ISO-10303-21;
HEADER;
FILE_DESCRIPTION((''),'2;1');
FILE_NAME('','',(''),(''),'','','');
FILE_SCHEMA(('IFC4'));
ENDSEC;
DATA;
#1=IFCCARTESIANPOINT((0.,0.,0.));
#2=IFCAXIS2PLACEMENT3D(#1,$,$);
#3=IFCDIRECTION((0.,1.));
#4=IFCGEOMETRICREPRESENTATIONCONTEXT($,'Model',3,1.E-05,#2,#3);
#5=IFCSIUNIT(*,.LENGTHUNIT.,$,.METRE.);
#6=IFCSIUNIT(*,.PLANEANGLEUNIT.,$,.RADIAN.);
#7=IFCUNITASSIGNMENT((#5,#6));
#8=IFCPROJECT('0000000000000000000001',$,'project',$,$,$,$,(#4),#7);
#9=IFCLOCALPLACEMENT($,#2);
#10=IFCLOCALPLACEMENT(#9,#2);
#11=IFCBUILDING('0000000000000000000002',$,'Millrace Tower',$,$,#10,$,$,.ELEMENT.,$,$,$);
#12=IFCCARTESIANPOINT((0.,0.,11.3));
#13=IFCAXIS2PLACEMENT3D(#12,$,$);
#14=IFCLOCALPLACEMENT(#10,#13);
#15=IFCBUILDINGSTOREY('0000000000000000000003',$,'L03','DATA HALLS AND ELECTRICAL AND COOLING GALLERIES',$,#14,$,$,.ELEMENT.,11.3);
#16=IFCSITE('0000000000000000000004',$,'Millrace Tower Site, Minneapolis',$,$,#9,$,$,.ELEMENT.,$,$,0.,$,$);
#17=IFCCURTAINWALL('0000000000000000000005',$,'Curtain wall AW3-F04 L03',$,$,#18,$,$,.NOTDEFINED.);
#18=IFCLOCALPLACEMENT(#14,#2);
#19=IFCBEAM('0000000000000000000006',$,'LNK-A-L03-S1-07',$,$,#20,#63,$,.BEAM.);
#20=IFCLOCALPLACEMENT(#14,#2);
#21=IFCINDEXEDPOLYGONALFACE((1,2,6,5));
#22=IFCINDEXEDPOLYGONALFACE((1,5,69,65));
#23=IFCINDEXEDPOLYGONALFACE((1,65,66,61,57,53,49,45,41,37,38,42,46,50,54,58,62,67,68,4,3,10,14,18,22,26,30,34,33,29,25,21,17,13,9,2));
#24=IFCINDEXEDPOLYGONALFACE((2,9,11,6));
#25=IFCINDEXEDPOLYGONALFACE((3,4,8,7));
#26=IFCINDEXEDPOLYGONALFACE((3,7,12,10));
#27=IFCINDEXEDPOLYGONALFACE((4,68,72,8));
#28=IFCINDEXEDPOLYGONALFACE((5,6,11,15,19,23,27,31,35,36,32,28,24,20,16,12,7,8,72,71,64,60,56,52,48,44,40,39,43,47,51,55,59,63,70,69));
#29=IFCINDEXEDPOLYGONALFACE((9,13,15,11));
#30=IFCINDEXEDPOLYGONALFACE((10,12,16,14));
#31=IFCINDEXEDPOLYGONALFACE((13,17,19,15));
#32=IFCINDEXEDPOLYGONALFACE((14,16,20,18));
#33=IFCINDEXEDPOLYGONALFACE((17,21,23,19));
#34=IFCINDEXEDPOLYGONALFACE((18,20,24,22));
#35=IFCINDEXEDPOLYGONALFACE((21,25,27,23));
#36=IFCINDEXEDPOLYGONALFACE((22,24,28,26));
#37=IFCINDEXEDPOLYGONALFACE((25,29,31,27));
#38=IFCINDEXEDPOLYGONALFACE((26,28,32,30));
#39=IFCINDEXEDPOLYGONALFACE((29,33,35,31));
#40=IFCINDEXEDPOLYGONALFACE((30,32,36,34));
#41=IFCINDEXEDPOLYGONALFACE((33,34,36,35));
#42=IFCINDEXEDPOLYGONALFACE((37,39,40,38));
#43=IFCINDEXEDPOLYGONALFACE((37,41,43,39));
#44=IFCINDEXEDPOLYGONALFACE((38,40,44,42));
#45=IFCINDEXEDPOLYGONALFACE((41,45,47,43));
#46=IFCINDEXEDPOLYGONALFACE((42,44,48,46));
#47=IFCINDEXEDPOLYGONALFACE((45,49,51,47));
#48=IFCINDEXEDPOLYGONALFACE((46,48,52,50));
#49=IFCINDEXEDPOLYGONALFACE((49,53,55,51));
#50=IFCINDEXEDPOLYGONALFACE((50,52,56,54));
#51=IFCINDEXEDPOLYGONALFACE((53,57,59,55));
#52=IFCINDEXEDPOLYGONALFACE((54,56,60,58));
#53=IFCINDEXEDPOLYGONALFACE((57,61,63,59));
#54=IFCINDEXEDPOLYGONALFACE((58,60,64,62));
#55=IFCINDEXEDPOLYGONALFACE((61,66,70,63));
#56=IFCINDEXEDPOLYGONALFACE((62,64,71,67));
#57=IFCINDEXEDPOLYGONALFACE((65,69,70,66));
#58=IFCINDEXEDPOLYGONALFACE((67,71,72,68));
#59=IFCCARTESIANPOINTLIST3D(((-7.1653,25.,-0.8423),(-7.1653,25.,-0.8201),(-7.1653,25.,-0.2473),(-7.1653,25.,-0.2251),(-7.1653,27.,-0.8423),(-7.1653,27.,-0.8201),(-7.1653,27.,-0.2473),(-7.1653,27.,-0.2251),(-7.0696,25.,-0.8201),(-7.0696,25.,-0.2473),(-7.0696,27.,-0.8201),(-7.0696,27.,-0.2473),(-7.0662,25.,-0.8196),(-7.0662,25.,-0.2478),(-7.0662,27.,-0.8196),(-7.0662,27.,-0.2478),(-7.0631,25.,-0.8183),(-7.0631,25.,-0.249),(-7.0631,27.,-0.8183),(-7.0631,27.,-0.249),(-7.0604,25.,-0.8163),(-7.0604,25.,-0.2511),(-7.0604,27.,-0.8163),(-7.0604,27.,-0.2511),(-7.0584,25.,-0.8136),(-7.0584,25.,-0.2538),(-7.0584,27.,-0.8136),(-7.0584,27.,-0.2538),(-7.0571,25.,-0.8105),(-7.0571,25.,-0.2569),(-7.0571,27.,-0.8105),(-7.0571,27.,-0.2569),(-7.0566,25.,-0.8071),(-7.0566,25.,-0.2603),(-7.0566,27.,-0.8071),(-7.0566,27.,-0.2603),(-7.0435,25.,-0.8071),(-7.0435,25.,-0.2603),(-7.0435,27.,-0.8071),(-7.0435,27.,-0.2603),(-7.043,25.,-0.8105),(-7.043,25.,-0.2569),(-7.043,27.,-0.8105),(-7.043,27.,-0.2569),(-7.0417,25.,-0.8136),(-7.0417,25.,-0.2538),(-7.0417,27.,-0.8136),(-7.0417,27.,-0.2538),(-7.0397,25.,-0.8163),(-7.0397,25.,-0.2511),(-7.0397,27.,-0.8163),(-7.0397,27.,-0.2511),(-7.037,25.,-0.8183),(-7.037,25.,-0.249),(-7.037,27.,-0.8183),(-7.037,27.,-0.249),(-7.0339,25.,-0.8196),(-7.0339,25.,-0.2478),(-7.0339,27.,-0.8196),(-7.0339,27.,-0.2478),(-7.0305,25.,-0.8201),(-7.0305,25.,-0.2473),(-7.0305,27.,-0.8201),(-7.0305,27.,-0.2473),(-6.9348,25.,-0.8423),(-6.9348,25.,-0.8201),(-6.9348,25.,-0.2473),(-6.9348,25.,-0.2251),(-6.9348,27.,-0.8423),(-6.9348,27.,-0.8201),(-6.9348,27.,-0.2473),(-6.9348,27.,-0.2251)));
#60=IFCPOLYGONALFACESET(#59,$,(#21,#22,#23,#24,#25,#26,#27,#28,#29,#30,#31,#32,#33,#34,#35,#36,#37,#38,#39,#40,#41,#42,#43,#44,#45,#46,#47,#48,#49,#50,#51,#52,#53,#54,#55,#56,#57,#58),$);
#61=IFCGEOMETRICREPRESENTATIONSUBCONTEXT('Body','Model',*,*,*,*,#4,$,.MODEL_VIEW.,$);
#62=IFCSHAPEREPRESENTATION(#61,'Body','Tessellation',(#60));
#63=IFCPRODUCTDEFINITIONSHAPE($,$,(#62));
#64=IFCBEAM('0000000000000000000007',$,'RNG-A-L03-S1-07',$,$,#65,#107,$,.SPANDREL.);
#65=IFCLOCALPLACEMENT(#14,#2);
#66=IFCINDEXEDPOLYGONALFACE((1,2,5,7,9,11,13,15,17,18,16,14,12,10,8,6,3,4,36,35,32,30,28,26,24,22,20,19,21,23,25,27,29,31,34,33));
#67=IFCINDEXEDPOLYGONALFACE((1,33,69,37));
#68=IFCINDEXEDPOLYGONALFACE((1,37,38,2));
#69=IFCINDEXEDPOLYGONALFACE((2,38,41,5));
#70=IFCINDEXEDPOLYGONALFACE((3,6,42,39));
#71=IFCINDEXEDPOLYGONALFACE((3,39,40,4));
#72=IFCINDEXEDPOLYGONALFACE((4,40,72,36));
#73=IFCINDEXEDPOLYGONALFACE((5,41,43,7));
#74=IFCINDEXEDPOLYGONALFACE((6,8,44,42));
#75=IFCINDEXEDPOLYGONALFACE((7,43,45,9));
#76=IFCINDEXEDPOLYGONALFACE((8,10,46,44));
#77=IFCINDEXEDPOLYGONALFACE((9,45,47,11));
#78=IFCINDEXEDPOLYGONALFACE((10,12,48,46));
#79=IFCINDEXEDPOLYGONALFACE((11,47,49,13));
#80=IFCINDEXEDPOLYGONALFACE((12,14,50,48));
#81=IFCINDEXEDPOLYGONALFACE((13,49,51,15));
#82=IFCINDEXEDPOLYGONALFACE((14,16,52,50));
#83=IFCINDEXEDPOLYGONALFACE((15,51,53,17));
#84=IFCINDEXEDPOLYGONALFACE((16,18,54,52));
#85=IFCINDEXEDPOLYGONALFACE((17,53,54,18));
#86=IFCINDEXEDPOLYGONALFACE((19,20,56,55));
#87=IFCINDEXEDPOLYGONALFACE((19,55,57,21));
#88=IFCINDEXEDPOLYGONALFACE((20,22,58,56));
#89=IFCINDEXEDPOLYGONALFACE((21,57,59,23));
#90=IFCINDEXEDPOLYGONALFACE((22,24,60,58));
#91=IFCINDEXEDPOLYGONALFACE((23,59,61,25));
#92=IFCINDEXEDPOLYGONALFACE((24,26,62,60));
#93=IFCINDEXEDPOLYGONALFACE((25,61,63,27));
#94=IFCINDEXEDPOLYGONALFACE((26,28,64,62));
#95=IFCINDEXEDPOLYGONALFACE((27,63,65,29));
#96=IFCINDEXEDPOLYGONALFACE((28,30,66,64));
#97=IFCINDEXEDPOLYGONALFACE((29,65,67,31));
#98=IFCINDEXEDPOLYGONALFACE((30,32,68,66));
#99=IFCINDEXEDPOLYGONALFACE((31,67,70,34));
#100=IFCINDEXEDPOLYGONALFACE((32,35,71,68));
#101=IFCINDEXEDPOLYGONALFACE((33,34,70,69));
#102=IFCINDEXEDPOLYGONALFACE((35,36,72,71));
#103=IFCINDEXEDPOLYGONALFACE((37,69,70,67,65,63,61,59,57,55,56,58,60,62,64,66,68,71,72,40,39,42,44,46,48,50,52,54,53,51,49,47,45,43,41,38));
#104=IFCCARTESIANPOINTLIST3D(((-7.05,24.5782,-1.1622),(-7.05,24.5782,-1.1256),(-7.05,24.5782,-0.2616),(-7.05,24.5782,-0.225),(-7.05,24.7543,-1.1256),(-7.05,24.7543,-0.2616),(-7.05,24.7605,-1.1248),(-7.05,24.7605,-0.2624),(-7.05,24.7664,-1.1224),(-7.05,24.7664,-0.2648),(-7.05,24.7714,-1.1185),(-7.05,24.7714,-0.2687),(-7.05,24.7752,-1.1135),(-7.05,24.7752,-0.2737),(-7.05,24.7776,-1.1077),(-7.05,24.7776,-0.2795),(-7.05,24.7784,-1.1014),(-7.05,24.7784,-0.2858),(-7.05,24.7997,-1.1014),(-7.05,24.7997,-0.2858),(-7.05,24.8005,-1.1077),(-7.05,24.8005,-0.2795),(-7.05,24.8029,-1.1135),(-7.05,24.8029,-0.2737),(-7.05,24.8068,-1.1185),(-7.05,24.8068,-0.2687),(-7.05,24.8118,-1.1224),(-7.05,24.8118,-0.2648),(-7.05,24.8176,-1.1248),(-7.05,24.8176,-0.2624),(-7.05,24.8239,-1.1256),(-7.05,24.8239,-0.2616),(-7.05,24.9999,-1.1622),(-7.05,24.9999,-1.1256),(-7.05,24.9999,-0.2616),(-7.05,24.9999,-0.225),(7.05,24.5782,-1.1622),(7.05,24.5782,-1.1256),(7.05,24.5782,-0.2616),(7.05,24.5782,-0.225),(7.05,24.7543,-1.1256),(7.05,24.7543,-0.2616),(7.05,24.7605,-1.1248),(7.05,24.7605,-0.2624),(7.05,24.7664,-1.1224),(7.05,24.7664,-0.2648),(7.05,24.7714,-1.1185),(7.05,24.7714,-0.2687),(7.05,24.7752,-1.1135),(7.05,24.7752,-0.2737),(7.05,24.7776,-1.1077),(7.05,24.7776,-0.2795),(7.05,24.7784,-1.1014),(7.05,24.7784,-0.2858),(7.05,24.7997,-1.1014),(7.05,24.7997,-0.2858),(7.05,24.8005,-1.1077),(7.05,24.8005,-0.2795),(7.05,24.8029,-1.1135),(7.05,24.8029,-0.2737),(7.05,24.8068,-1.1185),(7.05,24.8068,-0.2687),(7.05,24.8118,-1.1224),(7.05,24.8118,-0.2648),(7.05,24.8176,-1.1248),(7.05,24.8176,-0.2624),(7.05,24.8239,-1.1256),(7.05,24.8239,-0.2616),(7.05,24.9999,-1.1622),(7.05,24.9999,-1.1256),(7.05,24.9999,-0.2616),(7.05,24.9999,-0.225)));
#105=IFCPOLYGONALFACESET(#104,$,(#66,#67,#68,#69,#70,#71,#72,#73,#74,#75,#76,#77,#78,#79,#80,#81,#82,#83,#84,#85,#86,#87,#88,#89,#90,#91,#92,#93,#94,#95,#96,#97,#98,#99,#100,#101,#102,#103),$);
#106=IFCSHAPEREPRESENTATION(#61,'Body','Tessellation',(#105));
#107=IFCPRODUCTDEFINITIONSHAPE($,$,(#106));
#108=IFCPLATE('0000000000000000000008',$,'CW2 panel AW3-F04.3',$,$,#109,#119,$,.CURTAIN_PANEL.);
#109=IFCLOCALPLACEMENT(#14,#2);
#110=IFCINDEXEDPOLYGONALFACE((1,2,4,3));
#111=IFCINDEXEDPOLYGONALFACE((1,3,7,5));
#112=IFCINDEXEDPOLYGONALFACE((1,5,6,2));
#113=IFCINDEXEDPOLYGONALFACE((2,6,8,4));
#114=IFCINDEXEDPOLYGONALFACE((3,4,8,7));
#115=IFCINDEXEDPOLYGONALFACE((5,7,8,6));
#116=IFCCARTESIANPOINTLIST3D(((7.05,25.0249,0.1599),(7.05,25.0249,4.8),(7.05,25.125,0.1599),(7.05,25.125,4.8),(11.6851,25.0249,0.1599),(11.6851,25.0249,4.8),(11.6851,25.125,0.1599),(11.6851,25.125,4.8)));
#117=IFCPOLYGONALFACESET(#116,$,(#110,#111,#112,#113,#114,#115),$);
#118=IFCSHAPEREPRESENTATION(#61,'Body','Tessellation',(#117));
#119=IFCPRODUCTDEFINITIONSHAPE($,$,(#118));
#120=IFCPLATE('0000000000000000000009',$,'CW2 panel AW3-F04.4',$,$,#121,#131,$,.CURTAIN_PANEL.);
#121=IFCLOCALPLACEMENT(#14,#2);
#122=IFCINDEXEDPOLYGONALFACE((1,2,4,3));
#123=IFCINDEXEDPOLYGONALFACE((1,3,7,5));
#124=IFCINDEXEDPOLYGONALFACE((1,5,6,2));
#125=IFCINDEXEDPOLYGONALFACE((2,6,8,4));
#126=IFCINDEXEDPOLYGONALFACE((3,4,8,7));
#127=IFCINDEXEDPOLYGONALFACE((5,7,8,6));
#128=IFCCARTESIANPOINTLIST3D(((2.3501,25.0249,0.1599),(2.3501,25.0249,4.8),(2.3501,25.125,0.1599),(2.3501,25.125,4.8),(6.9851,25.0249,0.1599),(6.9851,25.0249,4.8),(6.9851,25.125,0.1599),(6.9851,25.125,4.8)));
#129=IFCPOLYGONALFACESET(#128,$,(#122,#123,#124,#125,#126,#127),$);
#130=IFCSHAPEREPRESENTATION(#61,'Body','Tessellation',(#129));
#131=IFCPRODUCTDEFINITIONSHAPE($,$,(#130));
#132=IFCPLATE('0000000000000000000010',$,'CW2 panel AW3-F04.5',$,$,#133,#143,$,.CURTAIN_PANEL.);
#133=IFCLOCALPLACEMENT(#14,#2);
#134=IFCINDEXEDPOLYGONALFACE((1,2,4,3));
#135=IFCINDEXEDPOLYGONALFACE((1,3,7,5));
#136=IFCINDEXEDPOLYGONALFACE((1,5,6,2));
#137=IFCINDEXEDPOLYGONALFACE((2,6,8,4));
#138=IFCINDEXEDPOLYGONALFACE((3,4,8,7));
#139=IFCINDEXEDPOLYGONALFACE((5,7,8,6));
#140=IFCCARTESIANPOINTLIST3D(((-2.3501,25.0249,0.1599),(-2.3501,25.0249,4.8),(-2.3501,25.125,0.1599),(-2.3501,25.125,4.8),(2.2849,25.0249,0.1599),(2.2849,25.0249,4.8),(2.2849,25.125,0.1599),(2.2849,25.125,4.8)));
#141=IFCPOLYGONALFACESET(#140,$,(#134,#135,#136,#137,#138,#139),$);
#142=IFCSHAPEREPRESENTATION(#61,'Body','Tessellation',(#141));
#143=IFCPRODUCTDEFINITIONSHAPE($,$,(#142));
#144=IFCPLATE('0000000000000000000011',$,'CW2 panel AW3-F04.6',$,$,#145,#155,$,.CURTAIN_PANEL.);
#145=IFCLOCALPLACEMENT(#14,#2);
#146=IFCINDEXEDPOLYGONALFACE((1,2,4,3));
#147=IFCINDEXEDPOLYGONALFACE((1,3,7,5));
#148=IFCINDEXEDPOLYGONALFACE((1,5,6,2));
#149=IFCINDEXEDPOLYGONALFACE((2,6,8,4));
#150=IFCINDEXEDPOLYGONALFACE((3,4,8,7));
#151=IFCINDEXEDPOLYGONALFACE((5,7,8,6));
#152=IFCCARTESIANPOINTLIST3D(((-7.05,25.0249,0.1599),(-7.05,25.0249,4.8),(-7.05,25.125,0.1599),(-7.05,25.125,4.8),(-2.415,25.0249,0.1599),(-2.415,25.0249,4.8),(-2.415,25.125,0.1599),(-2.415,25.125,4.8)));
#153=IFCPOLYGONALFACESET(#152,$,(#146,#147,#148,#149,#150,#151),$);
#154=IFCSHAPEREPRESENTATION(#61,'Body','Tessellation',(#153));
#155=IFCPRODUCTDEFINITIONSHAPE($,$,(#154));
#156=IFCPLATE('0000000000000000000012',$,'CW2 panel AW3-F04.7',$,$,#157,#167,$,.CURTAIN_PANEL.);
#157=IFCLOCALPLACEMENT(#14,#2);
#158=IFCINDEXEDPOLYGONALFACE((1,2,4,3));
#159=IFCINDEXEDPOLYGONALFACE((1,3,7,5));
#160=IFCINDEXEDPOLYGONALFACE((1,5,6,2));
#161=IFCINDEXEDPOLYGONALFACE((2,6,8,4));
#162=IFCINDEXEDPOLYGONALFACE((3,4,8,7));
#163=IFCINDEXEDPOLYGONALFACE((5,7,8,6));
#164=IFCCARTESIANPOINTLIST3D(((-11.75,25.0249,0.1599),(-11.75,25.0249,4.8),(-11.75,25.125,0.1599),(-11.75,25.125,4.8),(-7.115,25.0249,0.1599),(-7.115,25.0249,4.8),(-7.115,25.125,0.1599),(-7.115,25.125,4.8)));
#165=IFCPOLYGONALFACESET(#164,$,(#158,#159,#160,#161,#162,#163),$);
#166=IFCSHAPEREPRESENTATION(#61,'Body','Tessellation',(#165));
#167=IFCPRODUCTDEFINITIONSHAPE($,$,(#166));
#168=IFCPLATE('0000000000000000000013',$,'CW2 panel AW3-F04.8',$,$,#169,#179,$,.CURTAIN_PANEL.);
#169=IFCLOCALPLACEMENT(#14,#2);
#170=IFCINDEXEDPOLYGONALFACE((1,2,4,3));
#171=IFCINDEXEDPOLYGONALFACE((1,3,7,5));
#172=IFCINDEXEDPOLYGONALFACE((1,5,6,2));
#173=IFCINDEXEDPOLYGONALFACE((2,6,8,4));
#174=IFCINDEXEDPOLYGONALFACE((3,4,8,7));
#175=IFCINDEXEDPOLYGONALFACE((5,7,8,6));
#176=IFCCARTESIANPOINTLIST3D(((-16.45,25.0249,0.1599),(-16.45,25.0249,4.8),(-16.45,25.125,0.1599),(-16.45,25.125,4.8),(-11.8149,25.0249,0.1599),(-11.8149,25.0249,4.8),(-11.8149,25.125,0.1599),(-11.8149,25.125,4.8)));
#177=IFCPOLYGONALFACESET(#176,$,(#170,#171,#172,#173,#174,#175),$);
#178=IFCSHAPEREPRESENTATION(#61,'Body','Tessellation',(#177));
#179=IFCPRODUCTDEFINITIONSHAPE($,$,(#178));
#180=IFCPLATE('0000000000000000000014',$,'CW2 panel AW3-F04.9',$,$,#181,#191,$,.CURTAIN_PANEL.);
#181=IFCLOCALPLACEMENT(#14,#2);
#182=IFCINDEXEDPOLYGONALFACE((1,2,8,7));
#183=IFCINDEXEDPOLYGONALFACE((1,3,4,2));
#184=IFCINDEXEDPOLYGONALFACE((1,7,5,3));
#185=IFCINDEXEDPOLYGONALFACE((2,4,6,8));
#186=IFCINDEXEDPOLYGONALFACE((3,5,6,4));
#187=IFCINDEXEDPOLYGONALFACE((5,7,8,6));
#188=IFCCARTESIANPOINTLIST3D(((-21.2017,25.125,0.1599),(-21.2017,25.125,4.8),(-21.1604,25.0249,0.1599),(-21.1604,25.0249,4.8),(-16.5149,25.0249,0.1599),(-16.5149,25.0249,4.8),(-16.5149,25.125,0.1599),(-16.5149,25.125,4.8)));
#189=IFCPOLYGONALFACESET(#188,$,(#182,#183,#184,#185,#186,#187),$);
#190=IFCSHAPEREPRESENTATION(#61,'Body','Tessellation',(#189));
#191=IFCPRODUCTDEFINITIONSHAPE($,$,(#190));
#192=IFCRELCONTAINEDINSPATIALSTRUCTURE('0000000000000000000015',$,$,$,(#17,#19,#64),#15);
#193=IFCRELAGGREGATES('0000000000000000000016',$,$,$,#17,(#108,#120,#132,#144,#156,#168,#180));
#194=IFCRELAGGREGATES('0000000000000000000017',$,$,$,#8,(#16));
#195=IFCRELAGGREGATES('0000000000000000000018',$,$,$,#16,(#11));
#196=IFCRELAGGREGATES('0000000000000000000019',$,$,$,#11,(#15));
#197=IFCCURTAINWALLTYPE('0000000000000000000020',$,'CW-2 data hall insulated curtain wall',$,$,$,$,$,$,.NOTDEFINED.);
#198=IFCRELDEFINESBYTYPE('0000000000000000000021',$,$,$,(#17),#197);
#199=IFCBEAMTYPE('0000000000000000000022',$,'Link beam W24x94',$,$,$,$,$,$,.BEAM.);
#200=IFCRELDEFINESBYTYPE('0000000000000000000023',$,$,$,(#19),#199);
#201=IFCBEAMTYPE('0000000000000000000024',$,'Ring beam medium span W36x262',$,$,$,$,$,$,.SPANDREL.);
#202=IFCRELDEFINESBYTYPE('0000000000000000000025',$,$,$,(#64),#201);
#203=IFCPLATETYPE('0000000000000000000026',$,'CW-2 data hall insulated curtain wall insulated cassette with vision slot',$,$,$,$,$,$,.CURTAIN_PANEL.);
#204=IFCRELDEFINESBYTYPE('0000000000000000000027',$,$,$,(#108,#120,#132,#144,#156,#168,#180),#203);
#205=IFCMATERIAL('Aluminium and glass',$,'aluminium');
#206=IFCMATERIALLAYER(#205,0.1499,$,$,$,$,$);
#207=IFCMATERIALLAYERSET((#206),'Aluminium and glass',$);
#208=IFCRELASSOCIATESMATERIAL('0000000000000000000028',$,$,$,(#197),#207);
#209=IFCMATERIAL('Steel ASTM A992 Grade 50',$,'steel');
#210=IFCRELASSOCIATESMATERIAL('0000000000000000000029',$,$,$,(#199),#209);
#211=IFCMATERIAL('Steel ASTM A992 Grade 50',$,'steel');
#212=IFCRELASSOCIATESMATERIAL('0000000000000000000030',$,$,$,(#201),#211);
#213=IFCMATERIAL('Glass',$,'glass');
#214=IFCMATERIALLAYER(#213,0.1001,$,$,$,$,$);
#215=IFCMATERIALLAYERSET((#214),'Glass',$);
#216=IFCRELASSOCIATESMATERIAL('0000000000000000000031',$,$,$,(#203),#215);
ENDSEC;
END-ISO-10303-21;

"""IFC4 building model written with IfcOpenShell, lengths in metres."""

from ifc_helpers import new_model, si_unit, direction, frame, origin, origin_2d, place, context, subcontext, project, spatial, polyline, i_section, outline, extrude, material, layer, layer_set, material_profile, profile_set, type_object, element, aggregate, save


model = new_model("IFC4")

# Units and contexts
model_context = context("Model", 3, precision=1e-05, world=origin(), true_north=direction((0.0, 1.0)))
body_context = subcontext(model_context, "Body", "Model", "MODEL_VIEW")
ifc_project = project(units=[si_unit("LENGTHUNIT", "METRE"), si_unit("PLANEANGLEUNIT", "RADIAN")], contexts=[model_context])

# Site, building, storey
site_placement = place(None, origin())
site = spatial("IfcSite", under=ifc_project, at=site_placement, Name="Millrace Tower Site, Minneapolis", CompositionType="ELEMENT", RefElevation=0.0)
building_placement = place(site_placement, origin())
building = spatial("IfcBuilding", under=site, at=building_placement, Name="Millrace Tower", CompositionType="ELEMENT")
storey_placement = place(building_placement, frame((0.0, 0.0, 11.3)))
storey = spatial("IfcBuildingStorey", under=building, at=storey_placement, Name="L03", Description="DATA HALLS AND ELECTRICAL AND COOLING GALLERIES", CompositionType="ELEMENT", Elevation=11.3)

# Curtain wall
ifc_material_1 = material(Name="Aluminium and glass", Category="aluminium")
ifc_layer_1 = layer(ifc_material_1, 0.1499)
ifc_layer_set_1 = layer_set([ifc_layer_1], Name="Aluminium and glass")
curtain_wall_type = type_object("IfcCurtainWallType", Name="CW-2 data hall insulated curtain wall", PredefinedType="NOTDEFINED", material=ifc_layer_set_1)
placement_1 = place(storey_placement, origin())
curtain_wall = element("IfcCurtainWall", 1, at=placement_1, inside=storey, type_object=curtain_wall_type, Name="Curtain wall AW3-F04 L03", PredefinedType="NOTDEFINED")

# Beams
ifc_material_2 = material(Name="Steel ASTM A992 Grade 50", Category="steel")
ifc_material_profile_1 = material_profile(ifc_material_2, i_section(OverallWidth=0.2305, OverallDepth=0.6172, WebThickness=0.0132, FlangeThickness=0.0222, FilletRadius=0.0129, at=origin_2d()))
ifc_profile_set_1 = profile_set([ifc_material_profile_1], Name="Steel ASTM A992 Grade 50")
beam_type_1 = type_object("IfcBeamType", Name="Link beam W24x94", PredefinedType="BEAM", material=ifc_profile_set_1)
beam_1_placement = place(storey_placement, frame((-7.05, 25.0, -0.5337), z_axis=(0.0, 1.0, 0.0), x_axis=(-1.0, 0.0, 0.0)))
element("IfcBeam", 2, at=beam_1_placement, inside=storey, type_object=beam_type_1, Name="LNK-A-L03-S1-07", PredefinedType="BEAM", context=body_context, shape_type="SweptSolid", body=[
    extrude(i_section(OverallWidth=0.2305, OverallDepth=0.6172, WebThickness=0.0132, FlangeThickness=0.0222, FilletRadius=0.0129, at=origin_2d()), origin(), (0.0, 0.0, 1.0), 2.0),
])
ifc_material_3 = material(Name="Steel ASTM A992 Grade 50", Category="steel")
ifc_material_profile_2 = material_profile(ifc_material_3, i_section(OverallWidth=0.4216, OverallDepth=0.9373, WebThickness=0.0212, FlangeThickness=0.0366, FilletRadius=0.0242, at=origin_2d()))
ifc_profile_set_2 = profile_set([ifc_material_profile_2], Name="Steel ASTM A992 Grade 50")
beam_type_2 = type_object("IfcBeamType", Name="Ring beam medium span W36x262", PredefinedType="SPANDREL", material=ifc_profile_set_2)
beam_2_placement = place(storey_placement, frame((-7.05, 24.7891, -0.6936), z_axis=(1.0, 0.0, 0.0), x_axis=(0.0, 1.0, 0.0)))
element("IfcBeam", 3, at=beam_2_placement, inside=storey, type_object=beam_type_2, Name="RNG-A-L03-S1-07", PredefinedType="SPANDREL", context=body_context, shape_type="SweptSolid", body=[
    extrude(i_section(OverallWidth=0.4216, OverallDepth=0.9373, WebThickness=0.0212, FlangeThickness=0.0366, FilletRadius=0.0242, at=origin_2d()), origin(), (0.0, 0.0, 1.0), 14.1001),
])

# Plates
ifc_material_4 = material(Name="Glass", Category="glass")
ifc_layer_2 = layer(ifc_material_4, 0.1001)
ifc_layer_set_2 = layer_set([ifc_layer_2], Name="Glass")
plate_type = type_object("IfcPlateType", Name="CW-2 data hall insulated curtain wall insulated cassette with vision slot", PredefinedType="CURTAIN_PANEL", material=ifc_layer_set_2)
placement_2 = place(storey_placement, frame((0.0, 0.0, 0.1599)))
plate_1 = element("IfcPlate", 4, at=placement_2, type_object=plate_type, Name="CW2 panel AW3-F04.3", PredefinedType="CURTAIN_PANEL", context=body_context, shape_type="SweptSolid", body=[
    extrude(outline(polyline([(11.6851, 25.125), (7.05, 25.125), (7.05, 25.0249), (11.6851, 25.0249), (11.6851, 25.125)])), origin(), (0.0, 0.0, 1.0), 4.6401),
])
plate_2 = element("IfcPlate", 5, at=placement_2, type_object=plate_type, Name="CW2 panel AW3-F04.4", PredefinedType="CURTAIN_PANEL", context=body_context, shape_type="SweptSolid", body=[
    extrude(outline(polyline([(6.9851, 25.125), (2.3501, 25.125), (2.3501, 25.0249), (6.9851, 25.0249), (6.9851, 25.125)])), origin(), (0.0, 0.0, 1.0), 4.6401),
])
plate_3 = element("IfcPlate", 6, at=placement_2, type_object=plate_type, Name="CW2 panel AW3-F04.5", PredefinedType="CURTAIN_PANEL", context=body_context, shape_type="SweptSolid", body=[
    extrude(outline(polyline([(2.2849, 25.125), (-2.3501, 25.125), (-2.3501, 25.0249), (2.2849, 25.0249), (2.2849, 25.125)])), origin(), (0.0, 0.0, 1.0), 4.6401),
])
plate_4 = element("IfcPlate", 7, at=placement_2, type_object=plate_type, Name="CW2 panel AW3-F04.6", PredefinedType="CURTAIN_PANEL", context=body_context, shape_type="SweptSolid", body=[
    extrude(outline(polyline([(-2.415, 25.125), (-7.05, 25.125), (-7.05, 25.0249), (-2.415, 25.0249), (-2.415, 25.125)])), origin(), (0.0, 0.0, 1.0), 4.6401),
])
plate_5 = element("IfcPlate", 8, at=placement_2, type_object=plate_type, Name="CW2 panel AW3-F04.7", PredefinedType="CURTAIN_PANEL", context=body_context, shape_type="SweptSolid", body=[
    extrude(outline(polyline([(-7.115, 25.125), (-11.75, 25.125), (-11.75, 25.0249), (-7.115, 25.0249), (-7.115, 25.125)])), origin(), (0.0, 0.0, 1.0), 4.6401),
])
plate_6 = element("IfcPlate", 9, at=placement_2, type_object=plate_type, Name="CW2 panel AW3-F04.8", PredefinedType="CURTAIN_PANEL", context=body_context, shape_type="SweptSolid", body=[
    extrude(outline(polyline([(-11.8149, 25.125), (-16.45, 25.125), (-16.45, 25.0249), (-11.8149, 25.0249), (-11.8149, 25.125)])), origin(), (0.0, 0.0, 1.0), 4.6401),
])
plate_7 = element("IfcPlate", 10, at=placement_2, type_object=plate_type, Name="CW2 panel AW3-F04.9", PredefinedType="CURTAIN_PANEL", context=body_context, shape_type="SweptSolid", body=[
    extrude(outline(polyline([(-16.5149, 25.125), (-21.2017, 25.125), (-21.1604, 25.0249), (-16.5149, 25.0249), (-16.5149, 25.125)])), origin(), (0.0, 0.0, 1.0), 4.6401),
])
aggregate(curtain_wall, [plate_1, plate_2, plate_3, plate_4, plate_5, plate_6, plate_7])

save(model, "model.ifc")
